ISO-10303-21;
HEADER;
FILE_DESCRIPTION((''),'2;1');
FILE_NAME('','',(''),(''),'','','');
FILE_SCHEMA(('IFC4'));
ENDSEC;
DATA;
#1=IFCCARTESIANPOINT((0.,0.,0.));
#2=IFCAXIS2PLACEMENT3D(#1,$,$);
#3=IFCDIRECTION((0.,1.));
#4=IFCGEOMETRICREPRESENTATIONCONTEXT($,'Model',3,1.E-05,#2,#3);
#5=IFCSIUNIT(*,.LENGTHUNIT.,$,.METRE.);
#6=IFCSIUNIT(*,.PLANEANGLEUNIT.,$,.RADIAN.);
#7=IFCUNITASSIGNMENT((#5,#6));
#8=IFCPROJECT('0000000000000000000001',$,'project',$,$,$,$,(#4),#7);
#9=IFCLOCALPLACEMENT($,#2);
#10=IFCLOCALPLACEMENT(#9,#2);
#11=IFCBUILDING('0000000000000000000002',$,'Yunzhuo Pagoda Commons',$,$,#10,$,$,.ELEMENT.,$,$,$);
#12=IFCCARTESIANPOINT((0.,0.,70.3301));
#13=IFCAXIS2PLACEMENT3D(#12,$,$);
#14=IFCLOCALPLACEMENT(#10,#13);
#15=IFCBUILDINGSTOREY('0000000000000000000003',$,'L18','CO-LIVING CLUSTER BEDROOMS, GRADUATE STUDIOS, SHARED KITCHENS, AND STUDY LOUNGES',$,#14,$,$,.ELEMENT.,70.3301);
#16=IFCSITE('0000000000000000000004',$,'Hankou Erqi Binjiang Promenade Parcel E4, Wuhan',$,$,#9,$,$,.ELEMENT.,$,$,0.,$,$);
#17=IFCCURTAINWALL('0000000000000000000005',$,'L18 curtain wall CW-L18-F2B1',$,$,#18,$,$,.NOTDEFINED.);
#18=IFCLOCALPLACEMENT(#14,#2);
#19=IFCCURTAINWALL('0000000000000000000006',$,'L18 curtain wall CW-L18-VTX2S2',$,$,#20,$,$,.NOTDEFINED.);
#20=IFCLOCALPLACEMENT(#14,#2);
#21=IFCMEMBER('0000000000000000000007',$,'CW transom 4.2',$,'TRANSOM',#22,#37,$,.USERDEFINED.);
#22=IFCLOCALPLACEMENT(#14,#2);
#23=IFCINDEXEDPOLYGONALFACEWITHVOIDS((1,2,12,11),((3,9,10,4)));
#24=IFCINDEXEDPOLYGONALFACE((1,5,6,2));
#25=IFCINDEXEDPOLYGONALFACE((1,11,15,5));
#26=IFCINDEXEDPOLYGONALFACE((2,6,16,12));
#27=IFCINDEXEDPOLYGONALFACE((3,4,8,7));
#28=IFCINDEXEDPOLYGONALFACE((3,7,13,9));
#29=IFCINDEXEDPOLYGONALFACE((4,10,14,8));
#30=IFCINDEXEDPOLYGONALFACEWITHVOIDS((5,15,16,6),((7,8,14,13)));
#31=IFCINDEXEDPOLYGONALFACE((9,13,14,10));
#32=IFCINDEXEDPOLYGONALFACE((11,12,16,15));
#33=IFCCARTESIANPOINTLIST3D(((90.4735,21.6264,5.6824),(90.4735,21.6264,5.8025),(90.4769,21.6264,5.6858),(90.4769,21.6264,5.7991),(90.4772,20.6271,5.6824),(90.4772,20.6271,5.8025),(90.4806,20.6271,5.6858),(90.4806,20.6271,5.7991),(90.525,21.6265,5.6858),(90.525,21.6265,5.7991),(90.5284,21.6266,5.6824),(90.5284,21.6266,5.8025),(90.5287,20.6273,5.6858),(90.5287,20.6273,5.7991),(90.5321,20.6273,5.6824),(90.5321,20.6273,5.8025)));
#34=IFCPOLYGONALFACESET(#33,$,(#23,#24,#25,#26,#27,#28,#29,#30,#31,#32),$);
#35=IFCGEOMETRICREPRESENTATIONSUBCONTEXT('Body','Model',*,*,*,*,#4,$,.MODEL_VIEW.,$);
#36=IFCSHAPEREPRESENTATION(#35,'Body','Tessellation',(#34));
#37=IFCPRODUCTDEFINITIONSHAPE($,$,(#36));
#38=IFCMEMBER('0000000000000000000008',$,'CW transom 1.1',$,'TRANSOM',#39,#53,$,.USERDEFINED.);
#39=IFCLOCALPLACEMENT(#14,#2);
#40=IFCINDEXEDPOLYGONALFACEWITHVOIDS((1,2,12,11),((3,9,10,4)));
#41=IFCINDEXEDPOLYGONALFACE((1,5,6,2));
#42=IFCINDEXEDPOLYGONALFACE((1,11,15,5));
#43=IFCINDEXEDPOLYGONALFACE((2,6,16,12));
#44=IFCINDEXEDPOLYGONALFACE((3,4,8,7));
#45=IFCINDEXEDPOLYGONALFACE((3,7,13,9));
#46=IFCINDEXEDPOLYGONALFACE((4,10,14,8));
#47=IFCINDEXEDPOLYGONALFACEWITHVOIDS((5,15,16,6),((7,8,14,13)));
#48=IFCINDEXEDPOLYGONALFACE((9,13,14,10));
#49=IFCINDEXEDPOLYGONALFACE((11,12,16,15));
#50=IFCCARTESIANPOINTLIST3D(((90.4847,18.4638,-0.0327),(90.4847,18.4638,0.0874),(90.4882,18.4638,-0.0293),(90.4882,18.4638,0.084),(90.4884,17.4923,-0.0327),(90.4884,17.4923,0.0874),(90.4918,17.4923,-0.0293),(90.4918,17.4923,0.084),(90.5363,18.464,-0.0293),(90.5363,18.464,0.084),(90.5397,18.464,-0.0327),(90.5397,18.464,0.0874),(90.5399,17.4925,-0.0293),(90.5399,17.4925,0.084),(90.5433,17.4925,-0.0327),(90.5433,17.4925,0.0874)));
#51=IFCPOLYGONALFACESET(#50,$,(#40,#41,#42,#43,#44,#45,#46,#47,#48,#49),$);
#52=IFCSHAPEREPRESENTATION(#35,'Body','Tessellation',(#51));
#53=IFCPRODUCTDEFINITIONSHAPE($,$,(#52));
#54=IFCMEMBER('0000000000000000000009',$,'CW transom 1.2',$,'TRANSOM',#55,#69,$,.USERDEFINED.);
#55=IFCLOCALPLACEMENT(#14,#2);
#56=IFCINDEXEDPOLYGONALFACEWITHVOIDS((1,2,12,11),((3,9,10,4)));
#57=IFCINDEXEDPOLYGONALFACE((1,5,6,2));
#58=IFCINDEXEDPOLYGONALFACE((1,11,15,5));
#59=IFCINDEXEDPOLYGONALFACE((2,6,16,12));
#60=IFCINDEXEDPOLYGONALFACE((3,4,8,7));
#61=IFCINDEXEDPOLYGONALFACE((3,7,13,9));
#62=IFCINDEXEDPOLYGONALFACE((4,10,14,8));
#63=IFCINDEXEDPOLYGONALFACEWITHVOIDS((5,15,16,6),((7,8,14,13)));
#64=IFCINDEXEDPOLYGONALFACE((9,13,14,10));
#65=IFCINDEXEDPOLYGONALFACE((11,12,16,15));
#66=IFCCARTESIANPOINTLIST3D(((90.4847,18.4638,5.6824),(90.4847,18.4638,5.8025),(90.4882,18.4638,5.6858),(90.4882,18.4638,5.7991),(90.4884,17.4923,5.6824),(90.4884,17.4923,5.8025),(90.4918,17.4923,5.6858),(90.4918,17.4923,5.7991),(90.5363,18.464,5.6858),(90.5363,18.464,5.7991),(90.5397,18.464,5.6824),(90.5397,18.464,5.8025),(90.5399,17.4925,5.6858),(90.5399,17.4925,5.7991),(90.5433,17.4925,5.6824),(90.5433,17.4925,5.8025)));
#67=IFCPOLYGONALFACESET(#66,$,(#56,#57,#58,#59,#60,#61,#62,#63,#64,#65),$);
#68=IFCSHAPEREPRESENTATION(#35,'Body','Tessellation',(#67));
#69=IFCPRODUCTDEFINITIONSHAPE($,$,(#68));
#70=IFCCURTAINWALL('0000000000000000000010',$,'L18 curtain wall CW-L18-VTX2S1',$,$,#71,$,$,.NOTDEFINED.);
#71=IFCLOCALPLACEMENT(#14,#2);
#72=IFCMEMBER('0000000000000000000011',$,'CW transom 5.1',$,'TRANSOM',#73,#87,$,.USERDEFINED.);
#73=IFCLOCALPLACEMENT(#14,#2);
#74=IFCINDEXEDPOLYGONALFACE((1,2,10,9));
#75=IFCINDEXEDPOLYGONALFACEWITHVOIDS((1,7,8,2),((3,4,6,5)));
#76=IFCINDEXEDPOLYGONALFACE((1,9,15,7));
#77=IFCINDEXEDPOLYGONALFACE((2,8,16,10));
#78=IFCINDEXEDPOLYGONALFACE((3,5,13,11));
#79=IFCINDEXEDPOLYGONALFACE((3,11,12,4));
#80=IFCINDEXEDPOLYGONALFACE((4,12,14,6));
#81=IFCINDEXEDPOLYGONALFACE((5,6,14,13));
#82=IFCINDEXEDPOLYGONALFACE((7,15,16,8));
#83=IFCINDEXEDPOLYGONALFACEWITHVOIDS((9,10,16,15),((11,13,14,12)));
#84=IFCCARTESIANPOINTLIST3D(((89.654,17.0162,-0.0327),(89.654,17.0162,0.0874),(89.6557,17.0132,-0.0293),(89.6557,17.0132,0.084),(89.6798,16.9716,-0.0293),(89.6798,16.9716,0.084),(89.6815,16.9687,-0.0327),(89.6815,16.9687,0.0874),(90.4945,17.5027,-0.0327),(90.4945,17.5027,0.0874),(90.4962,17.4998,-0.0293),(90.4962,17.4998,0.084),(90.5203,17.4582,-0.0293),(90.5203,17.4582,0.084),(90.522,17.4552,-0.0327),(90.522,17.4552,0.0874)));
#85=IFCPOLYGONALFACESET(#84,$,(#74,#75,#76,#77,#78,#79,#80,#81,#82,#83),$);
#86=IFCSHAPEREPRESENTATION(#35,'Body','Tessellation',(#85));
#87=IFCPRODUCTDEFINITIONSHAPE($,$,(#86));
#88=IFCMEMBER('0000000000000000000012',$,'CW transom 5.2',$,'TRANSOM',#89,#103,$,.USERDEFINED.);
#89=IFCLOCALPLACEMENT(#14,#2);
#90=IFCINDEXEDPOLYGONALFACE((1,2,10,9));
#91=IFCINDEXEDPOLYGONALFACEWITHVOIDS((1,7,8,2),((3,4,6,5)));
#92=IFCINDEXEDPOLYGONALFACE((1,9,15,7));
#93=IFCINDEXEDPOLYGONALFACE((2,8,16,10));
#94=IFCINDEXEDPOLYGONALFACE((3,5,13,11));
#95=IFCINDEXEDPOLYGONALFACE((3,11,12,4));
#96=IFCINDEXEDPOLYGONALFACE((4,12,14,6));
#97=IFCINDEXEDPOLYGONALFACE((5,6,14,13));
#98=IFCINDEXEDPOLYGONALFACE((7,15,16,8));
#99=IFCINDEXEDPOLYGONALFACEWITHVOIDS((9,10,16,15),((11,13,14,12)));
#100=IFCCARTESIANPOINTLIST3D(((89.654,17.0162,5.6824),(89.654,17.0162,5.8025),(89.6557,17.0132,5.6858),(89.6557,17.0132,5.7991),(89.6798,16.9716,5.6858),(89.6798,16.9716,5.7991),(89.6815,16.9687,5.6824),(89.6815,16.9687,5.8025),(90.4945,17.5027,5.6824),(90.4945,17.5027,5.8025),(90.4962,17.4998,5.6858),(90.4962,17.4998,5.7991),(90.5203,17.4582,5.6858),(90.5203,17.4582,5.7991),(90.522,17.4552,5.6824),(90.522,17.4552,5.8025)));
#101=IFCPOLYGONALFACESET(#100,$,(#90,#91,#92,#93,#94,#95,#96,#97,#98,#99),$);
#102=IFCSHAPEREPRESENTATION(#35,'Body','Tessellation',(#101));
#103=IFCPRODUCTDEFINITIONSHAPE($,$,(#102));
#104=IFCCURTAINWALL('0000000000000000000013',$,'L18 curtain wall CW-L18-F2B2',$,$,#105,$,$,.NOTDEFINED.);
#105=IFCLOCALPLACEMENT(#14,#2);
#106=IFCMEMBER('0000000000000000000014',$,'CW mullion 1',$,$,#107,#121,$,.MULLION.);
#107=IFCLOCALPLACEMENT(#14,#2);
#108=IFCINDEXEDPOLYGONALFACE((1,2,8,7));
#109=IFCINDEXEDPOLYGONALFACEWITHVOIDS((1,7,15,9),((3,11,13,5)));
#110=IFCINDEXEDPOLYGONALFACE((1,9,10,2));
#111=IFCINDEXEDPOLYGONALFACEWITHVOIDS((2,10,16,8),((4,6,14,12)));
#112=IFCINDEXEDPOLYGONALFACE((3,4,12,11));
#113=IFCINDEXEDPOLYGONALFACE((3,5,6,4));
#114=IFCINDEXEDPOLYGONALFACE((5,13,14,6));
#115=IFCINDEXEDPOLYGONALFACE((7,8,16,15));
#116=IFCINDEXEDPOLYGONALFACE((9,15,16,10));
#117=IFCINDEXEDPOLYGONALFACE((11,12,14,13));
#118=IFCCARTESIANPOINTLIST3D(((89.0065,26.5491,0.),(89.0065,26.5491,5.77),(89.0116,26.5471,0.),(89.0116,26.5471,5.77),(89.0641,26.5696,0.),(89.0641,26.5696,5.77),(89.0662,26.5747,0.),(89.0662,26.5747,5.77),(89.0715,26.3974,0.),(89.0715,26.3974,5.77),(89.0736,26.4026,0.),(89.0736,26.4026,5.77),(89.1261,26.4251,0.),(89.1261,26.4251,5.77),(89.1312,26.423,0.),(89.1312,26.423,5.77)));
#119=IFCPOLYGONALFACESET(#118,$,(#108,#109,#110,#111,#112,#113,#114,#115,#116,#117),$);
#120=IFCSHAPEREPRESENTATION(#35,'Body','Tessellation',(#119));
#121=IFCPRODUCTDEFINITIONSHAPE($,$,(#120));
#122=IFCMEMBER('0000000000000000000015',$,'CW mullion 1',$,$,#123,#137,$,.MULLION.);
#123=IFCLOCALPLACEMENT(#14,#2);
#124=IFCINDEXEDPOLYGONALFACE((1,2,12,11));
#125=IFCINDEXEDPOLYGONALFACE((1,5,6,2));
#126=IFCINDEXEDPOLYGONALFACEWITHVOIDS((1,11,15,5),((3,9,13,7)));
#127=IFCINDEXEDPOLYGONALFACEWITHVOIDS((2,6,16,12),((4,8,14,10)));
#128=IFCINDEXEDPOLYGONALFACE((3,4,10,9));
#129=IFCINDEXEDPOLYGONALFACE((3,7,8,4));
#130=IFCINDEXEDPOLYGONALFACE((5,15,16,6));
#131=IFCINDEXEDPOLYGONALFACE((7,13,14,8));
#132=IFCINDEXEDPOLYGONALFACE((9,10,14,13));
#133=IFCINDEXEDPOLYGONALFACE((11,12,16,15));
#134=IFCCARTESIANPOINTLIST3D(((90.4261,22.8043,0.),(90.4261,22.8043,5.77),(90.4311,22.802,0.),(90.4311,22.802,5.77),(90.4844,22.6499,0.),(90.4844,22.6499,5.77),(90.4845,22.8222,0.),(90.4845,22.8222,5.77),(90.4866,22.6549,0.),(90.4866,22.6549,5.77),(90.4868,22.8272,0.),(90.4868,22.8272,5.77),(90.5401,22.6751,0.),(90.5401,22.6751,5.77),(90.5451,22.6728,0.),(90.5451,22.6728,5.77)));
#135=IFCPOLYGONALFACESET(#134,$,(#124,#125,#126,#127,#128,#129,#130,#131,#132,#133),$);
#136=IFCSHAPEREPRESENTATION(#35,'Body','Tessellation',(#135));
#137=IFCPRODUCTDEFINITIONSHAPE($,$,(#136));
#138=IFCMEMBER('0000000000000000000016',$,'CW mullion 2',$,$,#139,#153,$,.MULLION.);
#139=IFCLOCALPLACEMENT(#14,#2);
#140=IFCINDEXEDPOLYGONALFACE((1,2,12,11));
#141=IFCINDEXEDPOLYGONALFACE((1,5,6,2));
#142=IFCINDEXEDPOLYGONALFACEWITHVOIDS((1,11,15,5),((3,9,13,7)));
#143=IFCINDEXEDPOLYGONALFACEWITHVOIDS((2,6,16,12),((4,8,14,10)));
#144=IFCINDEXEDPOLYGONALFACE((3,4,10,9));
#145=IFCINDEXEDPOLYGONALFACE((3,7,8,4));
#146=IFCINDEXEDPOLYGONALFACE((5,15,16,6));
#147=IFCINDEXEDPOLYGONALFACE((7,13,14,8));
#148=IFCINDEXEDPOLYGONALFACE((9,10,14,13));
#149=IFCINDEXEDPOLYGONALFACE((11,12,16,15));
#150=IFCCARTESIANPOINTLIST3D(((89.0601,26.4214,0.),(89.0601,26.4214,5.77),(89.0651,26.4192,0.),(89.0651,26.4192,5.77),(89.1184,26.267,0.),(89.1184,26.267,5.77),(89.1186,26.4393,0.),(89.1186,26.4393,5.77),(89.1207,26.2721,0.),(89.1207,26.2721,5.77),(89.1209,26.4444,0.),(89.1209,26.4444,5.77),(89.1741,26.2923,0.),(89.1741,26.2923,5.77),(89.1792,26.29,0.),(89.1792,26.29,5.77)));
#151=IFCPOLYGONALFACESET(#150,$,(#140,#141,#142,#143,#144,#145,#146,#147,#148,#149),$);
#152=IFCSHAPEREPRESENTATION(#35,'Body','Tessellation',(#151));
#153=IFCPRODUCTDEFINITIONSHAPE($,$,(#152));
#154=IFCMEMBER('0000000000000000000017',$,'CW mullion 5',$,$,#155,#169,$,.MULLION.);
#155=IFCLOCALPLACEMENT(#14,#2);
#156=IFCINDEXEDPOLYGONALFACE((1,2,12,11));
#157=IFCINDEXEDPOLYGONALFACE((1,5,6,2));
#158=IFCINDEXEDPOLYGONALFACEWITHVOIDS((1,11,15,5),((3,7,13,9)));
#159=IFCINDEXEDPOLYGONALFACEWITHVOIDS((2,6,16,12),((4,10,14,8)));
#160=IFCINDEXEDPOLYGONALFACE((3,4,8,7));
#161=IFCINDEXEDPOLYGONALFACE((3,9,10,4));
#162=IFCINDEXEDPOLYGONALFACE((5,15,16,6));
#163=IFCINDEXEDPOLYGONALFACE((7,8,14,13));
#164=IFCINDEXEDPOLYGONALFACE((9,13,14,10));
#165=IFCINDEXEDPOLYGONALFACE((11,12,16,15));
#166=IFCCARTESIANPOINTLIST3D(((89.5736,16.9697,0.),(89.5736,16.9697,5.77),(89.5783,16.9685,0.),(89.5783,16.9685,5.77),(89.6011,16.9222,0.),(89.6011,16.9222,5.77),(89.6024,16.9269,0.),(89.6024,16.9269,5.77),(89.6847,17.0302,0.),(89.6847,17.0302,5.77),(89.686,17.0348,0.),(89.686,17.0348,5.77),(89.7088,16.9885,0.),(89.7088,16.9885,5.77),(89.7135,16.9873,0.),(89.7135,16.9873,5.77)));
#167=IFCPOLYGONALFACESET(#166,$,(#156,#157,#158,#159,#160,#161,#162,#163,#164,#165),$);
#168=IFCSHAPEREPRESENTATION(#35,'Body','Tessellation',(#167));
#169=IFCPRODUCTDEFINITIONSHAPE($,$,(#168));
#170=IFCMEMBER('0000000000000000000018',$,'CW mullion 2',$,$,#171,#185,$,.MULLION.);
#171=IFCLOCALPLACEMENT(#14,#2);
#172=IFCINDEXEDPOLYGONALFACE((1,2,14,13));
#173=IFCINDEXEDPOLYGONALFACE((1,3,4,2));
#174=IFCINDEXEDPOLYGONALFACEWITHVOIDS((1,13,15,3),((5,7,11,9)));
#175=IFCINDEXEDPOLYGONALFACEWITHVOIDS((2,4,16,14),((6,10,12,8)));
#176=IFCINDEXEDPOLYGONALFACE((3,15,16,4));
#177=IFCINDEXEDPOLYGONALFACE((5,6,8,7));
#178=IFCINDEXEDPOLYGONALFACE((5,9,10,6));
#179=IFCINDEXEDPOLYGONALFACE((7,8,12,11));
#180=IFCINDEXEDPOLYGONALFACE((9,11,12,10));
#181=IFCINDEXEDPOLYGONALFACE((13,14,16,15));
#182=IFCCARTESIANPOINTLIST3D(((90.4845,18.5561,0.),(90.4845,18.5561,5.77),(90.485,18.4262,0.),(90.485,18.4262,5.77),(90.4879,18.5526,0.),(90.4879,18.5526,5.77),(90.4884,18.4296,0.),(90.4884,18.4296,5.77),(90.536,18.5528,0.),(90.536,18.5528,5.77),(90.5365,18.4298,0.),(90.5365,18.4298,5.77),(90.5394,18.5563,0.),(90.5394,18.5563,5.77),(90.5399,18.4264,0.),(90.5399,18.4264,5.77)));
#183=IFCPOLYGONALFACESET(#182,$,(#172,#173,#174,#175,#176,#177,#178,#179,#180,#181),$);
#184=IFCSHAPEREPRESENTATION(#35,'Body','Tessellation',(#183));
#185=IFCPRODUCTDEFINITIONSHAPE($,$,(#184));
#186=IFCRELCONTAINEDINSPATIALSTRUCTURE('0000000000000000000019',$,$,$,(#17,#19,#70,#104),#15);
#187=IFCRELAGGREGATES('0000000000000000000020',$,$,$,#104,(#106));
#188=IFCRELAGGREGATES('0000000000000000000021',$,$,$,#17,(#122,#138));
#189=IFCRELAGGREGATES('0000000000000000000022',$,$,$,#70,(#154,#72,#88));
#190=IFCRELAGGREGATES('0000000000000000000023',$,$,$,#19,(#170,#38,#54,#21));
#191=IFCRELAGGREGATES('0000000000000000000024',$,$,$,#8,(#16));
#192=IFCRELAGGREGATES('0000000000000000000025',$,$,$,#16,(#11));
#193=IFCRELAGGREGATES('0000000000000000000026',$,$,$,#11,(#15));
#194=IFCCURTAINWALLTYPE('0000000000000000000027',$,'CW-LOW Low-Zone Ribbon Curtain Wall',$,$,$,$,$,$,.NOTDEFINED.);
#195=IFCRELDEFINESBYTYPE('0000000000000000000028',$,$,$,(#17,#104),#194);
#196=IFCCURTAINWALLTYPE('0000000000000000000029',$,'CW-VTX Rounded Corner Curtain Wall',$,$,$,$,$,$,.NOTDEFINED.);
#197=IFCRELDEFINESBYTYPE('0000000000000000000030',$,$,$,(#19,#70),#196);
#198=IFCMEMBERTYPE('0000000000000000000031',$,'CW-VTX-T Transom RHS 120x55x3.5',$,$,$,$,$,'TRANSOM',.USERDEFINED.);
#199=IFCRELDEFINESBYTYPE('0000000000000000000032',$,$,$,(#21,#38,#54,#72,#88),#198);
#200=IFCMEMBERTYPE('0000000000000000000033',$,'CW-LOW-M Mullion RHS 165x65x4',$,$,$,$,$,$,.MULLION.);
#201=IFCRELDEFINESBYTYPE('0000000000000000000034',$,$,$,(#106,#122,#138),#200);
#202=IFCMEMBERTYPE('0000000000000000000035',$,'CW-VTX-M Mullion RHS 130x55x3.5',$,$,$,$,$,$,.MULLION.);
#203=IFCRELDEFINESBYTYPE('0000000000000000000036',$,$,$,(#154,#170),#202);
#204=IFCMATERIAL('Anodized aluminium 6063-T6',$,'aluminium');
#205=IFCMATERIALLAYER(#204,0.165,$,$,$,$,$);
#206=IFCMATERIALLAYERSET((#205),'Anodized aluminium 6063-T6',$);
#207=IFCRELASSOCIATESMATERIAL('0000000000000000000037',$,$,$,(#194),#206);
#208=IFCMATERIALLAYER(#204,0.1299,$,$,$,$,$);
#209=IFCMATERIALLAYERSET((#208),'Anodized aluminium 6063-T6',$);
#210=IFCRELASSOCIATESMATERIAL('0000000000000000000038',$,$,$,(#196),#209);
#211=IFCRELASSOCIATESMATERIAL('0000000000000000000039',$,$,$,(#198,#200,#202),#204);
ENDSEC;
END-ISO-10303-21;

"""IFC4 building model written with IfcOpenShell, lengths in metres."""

from ifc_helpers import new_model, si_unit, direction, frame, origin, origin_2d, place, context, subcontext, project, spatial, hollow_rectangle, extrude, source, transform, mapped, material, layer, layer_set, material_profile, profile_set, type_object, element, aggregate, save


model = new_model("IFC4")

# Units and contexts
model_context = context("Model", 3, precision=1e-05, world=origin(), true_north=direction((0.0, 1.0)))
body_context = subcontext(model_context, "Body", "Model", "MODEL_VIEW")
ifc_project = project(units=[si_unit("LENGTHUNIT", "METRE"), si_unit("PLANEANGLEUNIT", "RADIAN")], contexts=[model_context])

# Site, building, storey
site_placement = place(None, origin())
site = spatial("IfcSite", under=ifc_project, at=site_placement, Name="Hankou Erqi Binjiang Promenade Parcel E4, Wuhan", CompositionType="ELEMENT", RefElevation=0.0)
building_placement = place(site_placement, origin())
building = spatial("IfcBuilding", under=site, at=building_placement, Name="Yunzhuo Pagoda Commons", CompositionType="ELEMENT")
storey_placement = place(building_placement, frame((0.0, 0.0, 70.3301)))
storey = spatial("IfcBuildingStorey", under=building, at=storey_placement, Name="L18", Description="CO-LIVING CLUSTER BEDROOMS, GRADUATE STUDIOS, SHARED KITCHENS, AND STUDY LOUNGES", CompositionType="ELEMENT", Elevation=70.3301)

# Curtain walls, members
ifc_material_1 = material(Name="Anodized aluminium 6063-T6", Category="aluminium")
ifc_layer_1 = layer(ifc_material_1, 0.165)
ifc_layer_set_1 = layer_set([ifc_layer_1], Name="Anodized aluminium 6063-T6")
curtain_wall_type_1 = type_object("IfcCurtainWallType", Name="CW-LOW Low-Zone Ribbon Curtain Wall", PredefinedType="NOTDEFINED", material=ifc_layer_set_1)
curtain_wall_1_placement = place(storey_placement, origin())
curtain_wall_1 = element("IfcCurtainWall", 1, at=curtain_wall_1_placement, inside=storey, type_object=curtain_wall_type_1, Name="L18 curtain wall CW-L18-F2B1", PredefinedType="NOTDEFINED")
ifc_layer_2 = layer(ifc_material_1, 0.1299)
ifc_layer_set_2 = layer_set([ifc_layer_2], Name="Anodized aluminium 6063-T6")
curtain_wall_type_2 = type_object("IfcCurtainWallType", Name="CW-VTX Rounded Corner Curtain Wall", PredefinedType="NOTDEFINED", material=ifc_layer_set_2)
curtain_wall_2_placement = place(storey_placement, origin())
curtain_wall_2 = element("IfcCurtainWall", 2, at=curtain_wall_2_placement, inside=storey, type_object=curtain_wall_type_2, Name="L18 curtain wall CW-L18-VTX2S2", PredefinedType="NOTDEFINED")
ifc_material_profile_1 = material_profile(ifc_material_1, hollow_rectangle(XDim=0.0549, YDim=0.1201, WallThickness=0.0034, at=origin_2d()), Name="Anodized aluminium 6063-T6")
ifc_profile_set_1 = profile_set([ifc_material_profile_1], Name="Anodized aluminium 6063-T6")
member_type_1 = type_object("IfcMemberType", Name="CW-VTX-T Transom RHS 120x55x3.5", ElementType="TRANSOM", PredefinedType="USERDEFINED", material=ifc_profile_set_1)
shared_shape_1 = source(origin(), body_context, "Body", "SweptSolid", [
    extrude(hollow_rectangle(XDim=0.0549, YDim=0.1201, WallThickness=0.0034, at=origin_2d()), origin(), (0.0, 0.0, 1.0), 0.9993),
])
member_1_placement = place(storey_placement, frame((90.5046, 20.6272, 5.7424), z_axis=(-0.003665, 0.999993, 0.0), x_axis=(-0.999993, -0.003665, 0.0)))
member_1 = element("IfcMember", 3, at=member_1_placement, type_object=member_type_1, Name="CW transom 4.2", ObjectType="TRANSOM", PredefinedType="USERDEFINED", context=body_context, shape_type="MappedRepresentation", body=[
    mapped(shared_shape_1, transform((0.0, 0.0, 0.0), scale=1.0)),
])
shared_shape_2 = source(origin(), body_context, "Body", "SweptSolid", [
    extrude(hollow_rectangle(XDim=0.0549, YDim=0.1201, WallThickness=0.0034, at=origin_2d()), origin(), (0.0, 0.0, 1.0), 0.9714),
])
member_2_placement = place(storey_placement, frame((90.5159, 17.4924, 0.0273), z_axis=(-0.00377, 0.999993, 0.0), x_axis=(-0.999993, -0.00377, 0.0)))
member_2 = element("IfcMember", 4, at=member_2_placement, type_object=member_type_1, Name="CW transom 1.1", ObjectType="TRANSOM", PredefinedType="USERDEFINED", context=body_context, shape_type="MappedRepresentation", body=[
    mapped(shared_shape_2, transform((0.0, 0.0, 0.0), scale=1.0)),
])
member_3_placement = place(storey_placement, frame((90.5159, 17.4924, 5.7424), z_axis=(-0.00377, 0.999993, 0.0), x_axis=(-0.999993, -0.00377, 0.0)))
member_3 = element("IfcMember", 5, at=member_3_placement, type_object=member_type_1, Name="CW transom 1.2", ObjectType="TRANSOM", PredefinedType="USERDEFINED", context=body_context, shape_type="MappedRepresentation", body=[
    mapped(shared_shape_2, transform((0.0, 0.0, 0.0), scale=1.0)),
])
curtain_wall_3_placement = place(storey_placement, origin())
curtain_wall_3 = element("IfcCurtainWall", 6, at=curtain_wall_3_placement, inside=storey, type_object=curtain_wall_type_2, Name="L18 curtain wall CW-L18-VTX2S1", PredefinedType="NOTDEFINED")
shared_shape_3 = source(origin(), body_context, "Body", "SweptSolid", [
    extrude(hollow_rectangle(XDim=0.0549, YDim=0.1201, WallThickness=0.0034, at=origin_2d()), origin(), (0.0, 0.0, 1.0), 0.9712),
])
member_4_placement = place(storey_placement, frame((89.6677, 16.9924, 0.0273), z_axis=(0.865461, 0.500977, 0.0), x_axis=(-0.500977, 0.865461, 0.0)))
member_4 = element("IfcMember", 7, at=member_4_placement, type_object=member_type_1, Name="CW transom 5.1", ObjectType="TRANSOM", PredefinedType="USERDEFINED", context=body_context, shape_type="MappedRepresentation", body=[
    mapped(shared_shape_3, transform((0.0, 0.0, 0.0), scale=1.0)),
])
member_5_placement = place(storey_placement, frame((89.6677, 16.9924, 5.7424), z_axis=(0.865461, 0.500977, 0.0), x_axis=(-0.500977, 0.865461, 0.0)))
member_5 = element("IfcMember", 8, at=member_5_placement, type_object=member_type_1, Name="CW transom 5.2", ObjectType="TRANSOM", PredefinedType="USERDEFINED", context=body_context, shape_type="MappedRepresentation", body=[
    mapped(shared_shape_3, transform((0.0, 0.0, 0.0), scale=1.0)),
])

# Curtain wall, member
curtain_wall_4_placement = place(storey_placement, origin())
curtain_wall_4 = element("IfcCurtainWall", 9, at=curtain_wall_4_placement, inside=storey, type_object=curtain_wall_type_1, Name="L18 curtain wall CW-L18-F2B2", PredefinedType="NOTDEFINED")
ifc_material_profile_2 = material_profile(ifc_material_1, hollow_rectangle(XDim=0.0649, YDim=0.165, WallThickness=0.0039, at=origin_2d()), Name="Anodized aluminium 6063-T6")
ifc_profile_set_2 = profile_set([ifc_material_profile_2], Name="Anodized aluminium 6063-T6")
member_type_2 = type_object("IfcMemberType", Name="CW-LOW-M Mullion RHS 165x65x4", PredefinedType="MULLION", material=ifc_profile_set_2)
shared_shape_4 = source(origin(), body_context, "Body", "SweptSolid", [
    extrude(hollow_rectangle(XDim=0.0649, YDim=0.165, WallThickness=0.0039, at=origin_2d()), origin(), (0.0, 0.0, 1.0), 5.77),
])
member_6_placement = place(storey_placement, frame((89.0688, 26.4861, 0.0), z_axis=(0.0, 0.0, 1.0), x_axis=(-0.919121, -0.393975, 0.0)))
member_6 = element("IfcMember", 10, at=member_6_placement, type_object=member_type_2, Name="CW mullion 1", PredefinedType="MULLION", context=body_context, shape_type="MappedRepresentation", body=[
    mapped(shared_shape_4, transform((0.0, 0.0, 0.0), scale=1.0)),
])
aggregate(curtain_wall_4, [member_6])

# Members
member_7_placement = place(storey_placement, frame((90.4856, 22.7385, 0.0), z_axis=(0.0, 0.0, 1.0), x_axis=(-0.935513, -0.353291, 0.0)))
member_7 = element("IfcMember", 11, at=member_7_placement, type_object=member_type_2, Name="CW mullion 1", PredefinedType="MULLION", context=body_context, shape_type="MappedRepresentation", body=[
    mapped(shared_shape_4, transform((0.0, 0.0, 0.0), scale=1.0)),
])
member_8_placement = place(storey_placement, frame((89.1196, 26.3557, 0.0), z_axis=(0.0, 0.0, 1.0), x_axis=(-0.935513, -0.353291, 0.0)))
member_8 = element("IfcMember", 12, at=member_8_placement, type_object=member_type_2, Name="CW mullion 2", PredefinedType="MULLION", context=body_context, shape_type="MappedRepresentation", body=[
    mapped(shared_shape_4, transform((0.0, 0.0, 0.0), scale=1.0)),
])
ifc_material_profile_3 = material_profile(ifc_material_1, hollow_rectangle(XDim=0.0549, YDim=0.1299, WallThickness=0.0034, at=origin_2d()), Name="Anodized aluminium 6063-T6")
ifc_profile_set_3 = profile_set([ifc_material_profile_3], Name="Anodized aluminium 6063-T6")
member_type_3 = type_object("IfcMemberType", Name="CW-VTX-M Mullion RHS 130x55x3.5", PredefinedType="MULLION", material=ifc_profile_set_3)
shared_shape_5 = source(origin(), body_context, "Body", "SweptSolid", [
    extrude(hollow_rectangle(XDim=0.0549, YDim=0.1299, WallThickness=0.0034, at=origin_2d()), origin(), (0.0, 0.0, 1.0), 5.77),
])
member_9_placement = place(storey_placement, frame((89.6436, 16.9785, 0.0), z_axis=(0.0, 0.0, 1.0), x_axis=(-0.501039, 0.865425, 0.0)))
member_9 = element("IfcMember", 13, at=member_9_placement, type_object=member_type_3, Name="CW mullion 5", PredefinedType="MULLION", context=body_context, shape_type="MappedRepresentation", body=[
    mapped(shared_shape_5, transform((0.0, 0.0, 0.0), scale=1.0)),
])
member_10_placement = place(storey_placement, frame((90.5122, 18.4912, 0.0), z_axis=(0.0, 0.0, 1.0), x_axis=(-0.999994, -0.003586, 0.0)))
member_10 = element("IfcMember", 14, at=member_10_placement, type_object=member_type_3, Name="CW mullion 2", PredefinedType="MULLION", context=body_context, shape_type="MappedRepresentation", body=[
    mapped(shared_shape_5, transform((0.0, 0.0, 0.0), scale=1.0)),
])

aggregate(curtain_wall_1, [member_7, member_8])
aggregate(curtain_wall_3, [member_9, member_4, member_5])
aggregate(curtain_wall_2, [member_10, member_2, member_3, member_1])

save(model, "model.ifc")
